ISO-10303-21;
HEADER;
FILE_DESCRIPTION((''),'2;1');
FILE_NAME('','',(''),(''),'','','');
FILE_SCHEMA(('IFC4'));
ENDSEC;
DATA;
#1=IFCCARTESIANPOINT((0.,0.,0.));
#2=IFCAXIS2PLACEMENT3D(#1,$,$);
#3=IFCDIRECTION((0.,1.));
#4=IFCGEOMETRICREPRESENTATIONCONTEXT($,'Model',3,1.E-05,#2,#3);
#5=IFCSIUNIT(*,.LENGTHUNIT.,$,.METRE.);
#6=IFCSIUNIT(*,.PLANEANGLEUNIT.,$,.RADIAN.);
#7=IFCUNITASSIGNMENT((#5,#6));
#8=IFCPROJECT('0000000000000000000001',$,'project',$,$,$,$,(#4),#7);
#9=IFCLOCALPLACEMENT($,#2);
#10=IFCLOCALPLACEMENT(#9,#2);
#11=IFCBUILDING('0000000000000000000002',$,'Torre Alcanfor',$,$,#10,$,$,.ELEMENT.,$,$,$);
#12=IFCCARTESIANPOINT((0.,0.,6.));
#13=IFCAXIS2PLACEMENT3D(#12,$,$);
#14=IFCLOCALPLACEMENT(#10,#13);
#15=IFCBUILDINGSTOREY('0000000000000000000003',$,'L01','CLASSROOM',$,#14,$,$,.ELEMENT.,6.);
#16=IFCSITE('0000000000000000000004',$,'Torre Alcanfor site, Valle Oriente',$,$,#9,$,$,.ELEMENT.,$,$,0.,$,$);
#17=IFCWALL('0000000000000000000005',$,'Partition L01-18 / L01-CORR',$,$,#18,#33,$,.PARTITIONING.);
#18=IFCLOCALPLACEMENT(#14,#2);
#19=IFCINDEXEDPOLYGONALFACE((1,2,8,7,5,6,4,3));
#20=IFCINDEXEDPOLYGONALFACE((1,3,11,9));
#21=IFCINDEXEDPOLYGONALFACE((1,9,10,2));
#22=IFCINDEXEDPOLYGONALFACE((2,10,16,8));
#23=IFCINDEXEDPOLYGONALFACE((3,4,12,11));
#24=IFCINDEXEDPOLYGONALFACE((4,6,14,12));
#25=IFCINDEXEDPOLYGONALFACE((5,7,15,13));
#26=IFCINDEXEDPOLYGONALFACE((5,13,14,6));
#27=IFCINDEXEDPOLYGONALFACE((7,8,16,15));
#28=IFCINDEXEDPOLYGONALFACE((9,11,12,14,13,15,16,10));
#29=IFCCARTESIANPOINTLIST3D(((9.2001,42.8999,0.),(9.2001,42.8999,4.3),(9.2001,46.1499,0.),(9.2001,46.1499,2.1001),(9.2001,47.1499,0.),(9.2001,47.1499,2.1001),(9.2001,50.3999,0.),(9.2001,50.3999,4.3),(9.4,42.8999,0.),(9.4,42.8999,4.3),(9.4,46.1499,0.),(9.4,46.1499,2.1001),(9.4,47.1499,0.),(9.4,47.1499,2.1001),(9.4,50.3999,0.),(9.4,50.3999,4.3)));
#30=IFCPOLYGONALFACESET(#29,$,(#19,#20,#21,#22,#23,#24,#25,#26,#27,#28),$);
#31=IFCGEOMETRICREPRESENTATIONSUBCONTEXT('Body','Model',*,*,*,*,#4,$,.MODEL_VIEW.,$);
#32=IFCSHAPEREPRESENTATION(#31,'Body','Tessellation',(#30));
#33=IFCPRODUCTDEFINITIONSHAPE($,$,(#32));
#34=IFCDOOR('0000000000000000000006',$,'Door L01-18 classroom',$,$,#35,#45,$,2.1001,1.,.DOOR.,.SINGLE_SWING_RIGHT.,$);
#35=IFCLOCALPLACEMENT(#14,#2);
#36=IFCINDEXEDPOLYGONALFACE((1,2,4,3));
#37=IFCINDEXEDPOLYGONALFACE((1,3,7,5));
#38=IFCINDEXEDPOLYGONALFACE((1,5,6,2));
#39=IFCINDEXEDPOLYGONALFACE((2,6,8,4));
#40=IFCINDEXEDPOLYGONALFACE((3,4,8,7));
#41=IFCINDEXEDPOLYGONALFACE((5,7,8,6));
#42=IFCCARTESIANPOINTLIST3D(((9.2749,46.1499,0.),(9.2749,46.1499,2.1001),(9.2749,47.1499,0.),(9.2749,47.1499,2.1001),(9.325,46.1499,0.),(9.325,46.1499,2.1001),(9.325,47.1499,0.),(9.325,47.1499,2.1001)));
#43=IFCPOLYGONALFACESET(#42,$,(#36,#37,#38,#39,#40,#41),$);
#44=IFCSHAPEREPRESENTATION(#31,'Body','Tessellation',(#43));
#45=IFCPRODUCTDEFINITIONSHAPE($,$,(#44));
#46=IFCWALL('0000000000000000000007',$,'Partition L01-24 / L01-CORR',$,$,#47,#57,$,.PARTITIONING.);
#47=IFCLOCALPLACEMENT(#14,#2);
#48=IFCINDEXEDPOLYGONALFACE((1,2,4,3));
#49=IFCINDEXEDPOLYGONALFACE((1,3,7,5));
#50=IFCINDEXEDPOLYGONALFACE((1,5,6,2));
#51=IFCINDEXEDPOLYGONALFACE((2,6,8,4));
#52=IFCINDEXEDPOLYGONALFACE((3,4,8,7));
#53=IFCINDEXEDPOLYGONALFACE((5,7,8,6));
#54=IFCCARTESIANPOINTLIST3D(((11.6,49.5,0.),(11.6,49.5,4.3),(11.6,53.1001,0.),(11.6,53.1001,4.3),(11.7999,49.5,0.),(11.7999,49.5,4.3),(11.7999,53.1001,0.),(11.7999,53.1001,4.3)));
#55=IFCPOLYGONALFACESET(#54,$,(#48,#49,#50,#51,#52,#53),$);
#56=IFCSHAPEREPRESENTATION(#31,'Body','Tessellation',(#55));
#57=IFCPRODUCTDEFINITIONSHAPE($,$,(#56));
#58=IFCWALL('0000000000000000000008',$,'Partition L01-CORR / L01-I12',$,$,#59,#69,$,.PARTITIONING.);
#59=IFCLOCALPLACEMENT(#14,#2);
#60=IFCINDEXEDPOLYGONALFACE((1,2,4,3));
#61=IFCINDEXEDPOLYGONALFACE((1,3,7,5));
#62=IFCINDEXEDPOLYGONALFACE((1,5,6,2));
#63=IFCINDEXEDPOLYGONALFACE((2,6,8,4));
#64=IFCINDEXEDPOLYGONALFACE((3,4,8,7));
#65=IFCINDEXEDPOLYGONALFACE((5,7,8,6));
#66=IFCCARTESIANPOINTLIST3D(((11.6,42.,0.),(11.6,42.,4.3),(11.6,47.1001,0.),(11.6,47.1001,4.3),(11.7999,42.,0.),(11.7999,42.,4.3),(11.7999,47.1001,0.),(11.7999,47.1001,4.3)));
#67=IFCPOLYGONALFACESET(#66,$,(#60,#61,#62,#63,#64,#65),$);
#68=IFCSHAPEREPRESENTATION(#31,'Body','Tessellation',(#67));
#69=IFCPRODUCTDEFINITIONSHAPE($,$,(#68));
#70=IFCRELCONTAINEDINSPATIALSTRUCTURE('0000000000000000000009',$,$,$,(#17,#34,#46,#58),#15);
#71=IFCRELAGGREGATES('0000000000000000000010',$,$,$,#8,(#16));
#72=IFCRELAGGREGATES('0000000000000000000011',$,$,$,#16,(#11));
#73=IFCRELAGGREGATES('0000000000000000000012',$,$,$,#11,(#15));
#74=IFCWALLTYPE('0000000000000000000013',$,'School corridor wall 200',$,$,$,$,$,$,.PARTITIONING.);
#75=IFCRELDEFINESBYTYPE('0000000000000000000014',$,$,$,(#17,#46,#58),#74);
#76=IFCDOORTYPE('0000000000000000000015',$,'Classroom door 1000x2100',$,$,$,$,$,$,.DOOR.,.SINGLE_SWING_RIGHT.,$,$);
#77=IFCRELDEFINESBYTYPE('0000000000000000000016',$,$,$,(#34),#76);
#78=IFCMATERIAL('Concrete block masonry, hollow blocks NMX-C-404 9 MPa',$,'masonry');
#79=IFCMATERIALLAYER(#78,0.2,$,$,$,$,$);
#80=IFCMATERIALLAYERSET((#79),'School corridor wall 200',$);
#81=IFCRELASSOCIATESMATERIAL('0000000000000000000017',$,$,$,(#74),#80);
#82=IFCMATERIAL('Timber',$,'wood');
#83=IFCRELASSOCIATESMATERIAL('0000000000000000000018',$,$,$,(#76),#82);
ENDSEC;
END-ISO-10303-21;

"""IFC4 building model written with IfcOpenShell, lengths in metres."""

from ifc_helpers import new_model, si_unit, direction, frame, frame_2d, origin, place, context, subcontext, project, spatial, rectangle, extrude, material, layer, layer_set, type_object, element, fill, save


model = new_model("IFC4")

# Units and contexts
model_context = context("Model", 3, precision=1e-05, world=origin(), true_north=direction((0.0, 1.0)))
body_context = subcontext(model_context, "Body", "Model", "MODEL_VIEW")
ifc_project = project(units=[si_unit("LENGTHUNIT", "METRE"), si_unit("PLANEANGLEUNIT", "RADIAN")], contexts=[model_context])

# Site, building, storey
site_placement = place(None, origin())
site = spatial("IfcSite", under=ifc_project, at=site_placement, Name="Torre Alcanfor site, Valle Oriente", CompositionType="ELEMENT", RefElevation=0.0)
building_placement = place(site_placement, origin())
building = spatial("IfcBuilding", under=site, at=building_placement, Name="Torre Alcanfor", CompositionType="ELEMENT")
storey_placement = place(building_placement, frame((0.0, 0.0, 6.0)))
storey = spatial("IfcBuildingStorey", under=building, at=storey_placement, Name="L01", Description="CLASSROOM", CompositionType="ELEMENT", Elevation=6.0)

# Wall, opening, door
ifc_material_1 = material(Name="Concrete block masonry, hollow blocks NMX-C-404 9 MPa", Category="masonry")
ifc_layer_1 = layer(ifc_material_1, 0.2)
ifc_layer_set_1 = layer_set([ifc_layer_1], Name="School corridor wall 200")
wall_type_1 = type_object("IfcWallType", Name="School corridor wall 200", PredefinedType="PARTITIONING", material=ifc_layer_set_1)
wall_1_placement = place(storey_placement, frame((9.3, 50.3999, 0.0), z_axis=(0.0, 0.0, 1.0), x_axis=(0.0, -1.0, 0.0)))
wall_1 = element("IfcWall", 1, at=wall_1_placement, inside=storey, type_object=wall_type_1, Name="Partition L01-18 / L01-CORR", PredefinedType="PARTITIONING", context=body_context, shape_type="SweptSolid", body=[
    extrude(rectangle(XDim=7.5, YDim=0.2, at=frame_2d((3.75, 0.0))), origin(), (0.0, 0.0, 1.0), 4.3),
])
opening_placement = place(wall_1_placement, frame((3.25, 0.0, 0.0)))
opening = element("IfcOpeningElement", 2, at=opening_placement, cuts=wall_1, PredefinedType="OPENING", context=body_context, shape_type="SweptSolid", body=[
    extrude(rectangle(XDim=1.0, YDim=2.1001, at=frame_2d((0.5, 1.05))), frame((0.0, 0.1099, 0.0), z_axis=(0.0, -1.0, 0.0), x_axis=(1.0, 0.0, 0.0)), (0.0, 0.0, 1.0), 0.22),
])
ifc_material_2 = material(Name="Timber", Category="wood")
door_type = type_object("IfcDoorType", Name="Classroom door 1000x2100", OperationType="SINGLE_SWING_RIGHT", PredefinedType="DOOR", material=ifc_material_2)
door_placement = place(opening_placement, frame((1.0, 0.0, 0.0), z_axis=(0.0, 0.0, 1.0), x_axis=(-1.0, 0.0, 0.0)))
door = element("IfcDoor", 3, at=door_placement, inside=storey, type_object=door_type, Name="Door L01-18 classroom", OperationType="SINGLE_SWING_RIGHT", OverallHeight=2.1001, OverallWidth=1.0, PredefinedType="DOOR", context=body_context, shape_type="SweptSolid", body=[
    extrude(rectangle(XDim=1.0, YDim=2.1001, at=frame_2d((0.5, 1.05))), frame((0.0, 0.0251, 0.0), z_axis=(0.0, -1.0, 0.0), x_axis=(1.0, 0.0, 0.0)), (0.0, 0.0, 1.0), 0.05),
])
fill(opening, door)

# Walls
wall_2_placement = place(storey_placement, frame((11.7, 49.5, 0.0), z_axis=(0.0, 0.0, 1.0), x_axis=(0.0, 1.0, 0.0)))
element("IfcWall", 4, at=wall_2_placement, inside=storey, type_object=wall_type_1, Name="Partition L01-24 / L01-CORR", PredefinedType="PARTITIONING", context=body_context, shape_type="SweptSolid", body=[
    extrude(rectangle(XDim=3.6001, YDim=0.2, at=frame_2d((1.8, 0.0))), origin(), (0.0, 0.0, 1.0), 4.3),
])
wall_3_placement = place(storey_placement, frame((11.7, 47.1001, 0.0), z_axis=(0.0, 0.0, 1.0), x_axis=(0.0, -1.0, 0.0)))
element("IfcWall", 5, at=wall_3_placement, inside=storey, type_object=wall_type_1, Name="Partition L01-CORR / L01-I12", PredefinedType="PARTITIONING", context=body_context, shape_type="SweptSolid", body=[
    extrude(rectangle(XDim=5.1001, YDim=0.2, at=frame_2d((2.55, 0.0))), origin(), (0.0, 0.0, 1.0), 4.3),
])

save(model, "model.ifc")
